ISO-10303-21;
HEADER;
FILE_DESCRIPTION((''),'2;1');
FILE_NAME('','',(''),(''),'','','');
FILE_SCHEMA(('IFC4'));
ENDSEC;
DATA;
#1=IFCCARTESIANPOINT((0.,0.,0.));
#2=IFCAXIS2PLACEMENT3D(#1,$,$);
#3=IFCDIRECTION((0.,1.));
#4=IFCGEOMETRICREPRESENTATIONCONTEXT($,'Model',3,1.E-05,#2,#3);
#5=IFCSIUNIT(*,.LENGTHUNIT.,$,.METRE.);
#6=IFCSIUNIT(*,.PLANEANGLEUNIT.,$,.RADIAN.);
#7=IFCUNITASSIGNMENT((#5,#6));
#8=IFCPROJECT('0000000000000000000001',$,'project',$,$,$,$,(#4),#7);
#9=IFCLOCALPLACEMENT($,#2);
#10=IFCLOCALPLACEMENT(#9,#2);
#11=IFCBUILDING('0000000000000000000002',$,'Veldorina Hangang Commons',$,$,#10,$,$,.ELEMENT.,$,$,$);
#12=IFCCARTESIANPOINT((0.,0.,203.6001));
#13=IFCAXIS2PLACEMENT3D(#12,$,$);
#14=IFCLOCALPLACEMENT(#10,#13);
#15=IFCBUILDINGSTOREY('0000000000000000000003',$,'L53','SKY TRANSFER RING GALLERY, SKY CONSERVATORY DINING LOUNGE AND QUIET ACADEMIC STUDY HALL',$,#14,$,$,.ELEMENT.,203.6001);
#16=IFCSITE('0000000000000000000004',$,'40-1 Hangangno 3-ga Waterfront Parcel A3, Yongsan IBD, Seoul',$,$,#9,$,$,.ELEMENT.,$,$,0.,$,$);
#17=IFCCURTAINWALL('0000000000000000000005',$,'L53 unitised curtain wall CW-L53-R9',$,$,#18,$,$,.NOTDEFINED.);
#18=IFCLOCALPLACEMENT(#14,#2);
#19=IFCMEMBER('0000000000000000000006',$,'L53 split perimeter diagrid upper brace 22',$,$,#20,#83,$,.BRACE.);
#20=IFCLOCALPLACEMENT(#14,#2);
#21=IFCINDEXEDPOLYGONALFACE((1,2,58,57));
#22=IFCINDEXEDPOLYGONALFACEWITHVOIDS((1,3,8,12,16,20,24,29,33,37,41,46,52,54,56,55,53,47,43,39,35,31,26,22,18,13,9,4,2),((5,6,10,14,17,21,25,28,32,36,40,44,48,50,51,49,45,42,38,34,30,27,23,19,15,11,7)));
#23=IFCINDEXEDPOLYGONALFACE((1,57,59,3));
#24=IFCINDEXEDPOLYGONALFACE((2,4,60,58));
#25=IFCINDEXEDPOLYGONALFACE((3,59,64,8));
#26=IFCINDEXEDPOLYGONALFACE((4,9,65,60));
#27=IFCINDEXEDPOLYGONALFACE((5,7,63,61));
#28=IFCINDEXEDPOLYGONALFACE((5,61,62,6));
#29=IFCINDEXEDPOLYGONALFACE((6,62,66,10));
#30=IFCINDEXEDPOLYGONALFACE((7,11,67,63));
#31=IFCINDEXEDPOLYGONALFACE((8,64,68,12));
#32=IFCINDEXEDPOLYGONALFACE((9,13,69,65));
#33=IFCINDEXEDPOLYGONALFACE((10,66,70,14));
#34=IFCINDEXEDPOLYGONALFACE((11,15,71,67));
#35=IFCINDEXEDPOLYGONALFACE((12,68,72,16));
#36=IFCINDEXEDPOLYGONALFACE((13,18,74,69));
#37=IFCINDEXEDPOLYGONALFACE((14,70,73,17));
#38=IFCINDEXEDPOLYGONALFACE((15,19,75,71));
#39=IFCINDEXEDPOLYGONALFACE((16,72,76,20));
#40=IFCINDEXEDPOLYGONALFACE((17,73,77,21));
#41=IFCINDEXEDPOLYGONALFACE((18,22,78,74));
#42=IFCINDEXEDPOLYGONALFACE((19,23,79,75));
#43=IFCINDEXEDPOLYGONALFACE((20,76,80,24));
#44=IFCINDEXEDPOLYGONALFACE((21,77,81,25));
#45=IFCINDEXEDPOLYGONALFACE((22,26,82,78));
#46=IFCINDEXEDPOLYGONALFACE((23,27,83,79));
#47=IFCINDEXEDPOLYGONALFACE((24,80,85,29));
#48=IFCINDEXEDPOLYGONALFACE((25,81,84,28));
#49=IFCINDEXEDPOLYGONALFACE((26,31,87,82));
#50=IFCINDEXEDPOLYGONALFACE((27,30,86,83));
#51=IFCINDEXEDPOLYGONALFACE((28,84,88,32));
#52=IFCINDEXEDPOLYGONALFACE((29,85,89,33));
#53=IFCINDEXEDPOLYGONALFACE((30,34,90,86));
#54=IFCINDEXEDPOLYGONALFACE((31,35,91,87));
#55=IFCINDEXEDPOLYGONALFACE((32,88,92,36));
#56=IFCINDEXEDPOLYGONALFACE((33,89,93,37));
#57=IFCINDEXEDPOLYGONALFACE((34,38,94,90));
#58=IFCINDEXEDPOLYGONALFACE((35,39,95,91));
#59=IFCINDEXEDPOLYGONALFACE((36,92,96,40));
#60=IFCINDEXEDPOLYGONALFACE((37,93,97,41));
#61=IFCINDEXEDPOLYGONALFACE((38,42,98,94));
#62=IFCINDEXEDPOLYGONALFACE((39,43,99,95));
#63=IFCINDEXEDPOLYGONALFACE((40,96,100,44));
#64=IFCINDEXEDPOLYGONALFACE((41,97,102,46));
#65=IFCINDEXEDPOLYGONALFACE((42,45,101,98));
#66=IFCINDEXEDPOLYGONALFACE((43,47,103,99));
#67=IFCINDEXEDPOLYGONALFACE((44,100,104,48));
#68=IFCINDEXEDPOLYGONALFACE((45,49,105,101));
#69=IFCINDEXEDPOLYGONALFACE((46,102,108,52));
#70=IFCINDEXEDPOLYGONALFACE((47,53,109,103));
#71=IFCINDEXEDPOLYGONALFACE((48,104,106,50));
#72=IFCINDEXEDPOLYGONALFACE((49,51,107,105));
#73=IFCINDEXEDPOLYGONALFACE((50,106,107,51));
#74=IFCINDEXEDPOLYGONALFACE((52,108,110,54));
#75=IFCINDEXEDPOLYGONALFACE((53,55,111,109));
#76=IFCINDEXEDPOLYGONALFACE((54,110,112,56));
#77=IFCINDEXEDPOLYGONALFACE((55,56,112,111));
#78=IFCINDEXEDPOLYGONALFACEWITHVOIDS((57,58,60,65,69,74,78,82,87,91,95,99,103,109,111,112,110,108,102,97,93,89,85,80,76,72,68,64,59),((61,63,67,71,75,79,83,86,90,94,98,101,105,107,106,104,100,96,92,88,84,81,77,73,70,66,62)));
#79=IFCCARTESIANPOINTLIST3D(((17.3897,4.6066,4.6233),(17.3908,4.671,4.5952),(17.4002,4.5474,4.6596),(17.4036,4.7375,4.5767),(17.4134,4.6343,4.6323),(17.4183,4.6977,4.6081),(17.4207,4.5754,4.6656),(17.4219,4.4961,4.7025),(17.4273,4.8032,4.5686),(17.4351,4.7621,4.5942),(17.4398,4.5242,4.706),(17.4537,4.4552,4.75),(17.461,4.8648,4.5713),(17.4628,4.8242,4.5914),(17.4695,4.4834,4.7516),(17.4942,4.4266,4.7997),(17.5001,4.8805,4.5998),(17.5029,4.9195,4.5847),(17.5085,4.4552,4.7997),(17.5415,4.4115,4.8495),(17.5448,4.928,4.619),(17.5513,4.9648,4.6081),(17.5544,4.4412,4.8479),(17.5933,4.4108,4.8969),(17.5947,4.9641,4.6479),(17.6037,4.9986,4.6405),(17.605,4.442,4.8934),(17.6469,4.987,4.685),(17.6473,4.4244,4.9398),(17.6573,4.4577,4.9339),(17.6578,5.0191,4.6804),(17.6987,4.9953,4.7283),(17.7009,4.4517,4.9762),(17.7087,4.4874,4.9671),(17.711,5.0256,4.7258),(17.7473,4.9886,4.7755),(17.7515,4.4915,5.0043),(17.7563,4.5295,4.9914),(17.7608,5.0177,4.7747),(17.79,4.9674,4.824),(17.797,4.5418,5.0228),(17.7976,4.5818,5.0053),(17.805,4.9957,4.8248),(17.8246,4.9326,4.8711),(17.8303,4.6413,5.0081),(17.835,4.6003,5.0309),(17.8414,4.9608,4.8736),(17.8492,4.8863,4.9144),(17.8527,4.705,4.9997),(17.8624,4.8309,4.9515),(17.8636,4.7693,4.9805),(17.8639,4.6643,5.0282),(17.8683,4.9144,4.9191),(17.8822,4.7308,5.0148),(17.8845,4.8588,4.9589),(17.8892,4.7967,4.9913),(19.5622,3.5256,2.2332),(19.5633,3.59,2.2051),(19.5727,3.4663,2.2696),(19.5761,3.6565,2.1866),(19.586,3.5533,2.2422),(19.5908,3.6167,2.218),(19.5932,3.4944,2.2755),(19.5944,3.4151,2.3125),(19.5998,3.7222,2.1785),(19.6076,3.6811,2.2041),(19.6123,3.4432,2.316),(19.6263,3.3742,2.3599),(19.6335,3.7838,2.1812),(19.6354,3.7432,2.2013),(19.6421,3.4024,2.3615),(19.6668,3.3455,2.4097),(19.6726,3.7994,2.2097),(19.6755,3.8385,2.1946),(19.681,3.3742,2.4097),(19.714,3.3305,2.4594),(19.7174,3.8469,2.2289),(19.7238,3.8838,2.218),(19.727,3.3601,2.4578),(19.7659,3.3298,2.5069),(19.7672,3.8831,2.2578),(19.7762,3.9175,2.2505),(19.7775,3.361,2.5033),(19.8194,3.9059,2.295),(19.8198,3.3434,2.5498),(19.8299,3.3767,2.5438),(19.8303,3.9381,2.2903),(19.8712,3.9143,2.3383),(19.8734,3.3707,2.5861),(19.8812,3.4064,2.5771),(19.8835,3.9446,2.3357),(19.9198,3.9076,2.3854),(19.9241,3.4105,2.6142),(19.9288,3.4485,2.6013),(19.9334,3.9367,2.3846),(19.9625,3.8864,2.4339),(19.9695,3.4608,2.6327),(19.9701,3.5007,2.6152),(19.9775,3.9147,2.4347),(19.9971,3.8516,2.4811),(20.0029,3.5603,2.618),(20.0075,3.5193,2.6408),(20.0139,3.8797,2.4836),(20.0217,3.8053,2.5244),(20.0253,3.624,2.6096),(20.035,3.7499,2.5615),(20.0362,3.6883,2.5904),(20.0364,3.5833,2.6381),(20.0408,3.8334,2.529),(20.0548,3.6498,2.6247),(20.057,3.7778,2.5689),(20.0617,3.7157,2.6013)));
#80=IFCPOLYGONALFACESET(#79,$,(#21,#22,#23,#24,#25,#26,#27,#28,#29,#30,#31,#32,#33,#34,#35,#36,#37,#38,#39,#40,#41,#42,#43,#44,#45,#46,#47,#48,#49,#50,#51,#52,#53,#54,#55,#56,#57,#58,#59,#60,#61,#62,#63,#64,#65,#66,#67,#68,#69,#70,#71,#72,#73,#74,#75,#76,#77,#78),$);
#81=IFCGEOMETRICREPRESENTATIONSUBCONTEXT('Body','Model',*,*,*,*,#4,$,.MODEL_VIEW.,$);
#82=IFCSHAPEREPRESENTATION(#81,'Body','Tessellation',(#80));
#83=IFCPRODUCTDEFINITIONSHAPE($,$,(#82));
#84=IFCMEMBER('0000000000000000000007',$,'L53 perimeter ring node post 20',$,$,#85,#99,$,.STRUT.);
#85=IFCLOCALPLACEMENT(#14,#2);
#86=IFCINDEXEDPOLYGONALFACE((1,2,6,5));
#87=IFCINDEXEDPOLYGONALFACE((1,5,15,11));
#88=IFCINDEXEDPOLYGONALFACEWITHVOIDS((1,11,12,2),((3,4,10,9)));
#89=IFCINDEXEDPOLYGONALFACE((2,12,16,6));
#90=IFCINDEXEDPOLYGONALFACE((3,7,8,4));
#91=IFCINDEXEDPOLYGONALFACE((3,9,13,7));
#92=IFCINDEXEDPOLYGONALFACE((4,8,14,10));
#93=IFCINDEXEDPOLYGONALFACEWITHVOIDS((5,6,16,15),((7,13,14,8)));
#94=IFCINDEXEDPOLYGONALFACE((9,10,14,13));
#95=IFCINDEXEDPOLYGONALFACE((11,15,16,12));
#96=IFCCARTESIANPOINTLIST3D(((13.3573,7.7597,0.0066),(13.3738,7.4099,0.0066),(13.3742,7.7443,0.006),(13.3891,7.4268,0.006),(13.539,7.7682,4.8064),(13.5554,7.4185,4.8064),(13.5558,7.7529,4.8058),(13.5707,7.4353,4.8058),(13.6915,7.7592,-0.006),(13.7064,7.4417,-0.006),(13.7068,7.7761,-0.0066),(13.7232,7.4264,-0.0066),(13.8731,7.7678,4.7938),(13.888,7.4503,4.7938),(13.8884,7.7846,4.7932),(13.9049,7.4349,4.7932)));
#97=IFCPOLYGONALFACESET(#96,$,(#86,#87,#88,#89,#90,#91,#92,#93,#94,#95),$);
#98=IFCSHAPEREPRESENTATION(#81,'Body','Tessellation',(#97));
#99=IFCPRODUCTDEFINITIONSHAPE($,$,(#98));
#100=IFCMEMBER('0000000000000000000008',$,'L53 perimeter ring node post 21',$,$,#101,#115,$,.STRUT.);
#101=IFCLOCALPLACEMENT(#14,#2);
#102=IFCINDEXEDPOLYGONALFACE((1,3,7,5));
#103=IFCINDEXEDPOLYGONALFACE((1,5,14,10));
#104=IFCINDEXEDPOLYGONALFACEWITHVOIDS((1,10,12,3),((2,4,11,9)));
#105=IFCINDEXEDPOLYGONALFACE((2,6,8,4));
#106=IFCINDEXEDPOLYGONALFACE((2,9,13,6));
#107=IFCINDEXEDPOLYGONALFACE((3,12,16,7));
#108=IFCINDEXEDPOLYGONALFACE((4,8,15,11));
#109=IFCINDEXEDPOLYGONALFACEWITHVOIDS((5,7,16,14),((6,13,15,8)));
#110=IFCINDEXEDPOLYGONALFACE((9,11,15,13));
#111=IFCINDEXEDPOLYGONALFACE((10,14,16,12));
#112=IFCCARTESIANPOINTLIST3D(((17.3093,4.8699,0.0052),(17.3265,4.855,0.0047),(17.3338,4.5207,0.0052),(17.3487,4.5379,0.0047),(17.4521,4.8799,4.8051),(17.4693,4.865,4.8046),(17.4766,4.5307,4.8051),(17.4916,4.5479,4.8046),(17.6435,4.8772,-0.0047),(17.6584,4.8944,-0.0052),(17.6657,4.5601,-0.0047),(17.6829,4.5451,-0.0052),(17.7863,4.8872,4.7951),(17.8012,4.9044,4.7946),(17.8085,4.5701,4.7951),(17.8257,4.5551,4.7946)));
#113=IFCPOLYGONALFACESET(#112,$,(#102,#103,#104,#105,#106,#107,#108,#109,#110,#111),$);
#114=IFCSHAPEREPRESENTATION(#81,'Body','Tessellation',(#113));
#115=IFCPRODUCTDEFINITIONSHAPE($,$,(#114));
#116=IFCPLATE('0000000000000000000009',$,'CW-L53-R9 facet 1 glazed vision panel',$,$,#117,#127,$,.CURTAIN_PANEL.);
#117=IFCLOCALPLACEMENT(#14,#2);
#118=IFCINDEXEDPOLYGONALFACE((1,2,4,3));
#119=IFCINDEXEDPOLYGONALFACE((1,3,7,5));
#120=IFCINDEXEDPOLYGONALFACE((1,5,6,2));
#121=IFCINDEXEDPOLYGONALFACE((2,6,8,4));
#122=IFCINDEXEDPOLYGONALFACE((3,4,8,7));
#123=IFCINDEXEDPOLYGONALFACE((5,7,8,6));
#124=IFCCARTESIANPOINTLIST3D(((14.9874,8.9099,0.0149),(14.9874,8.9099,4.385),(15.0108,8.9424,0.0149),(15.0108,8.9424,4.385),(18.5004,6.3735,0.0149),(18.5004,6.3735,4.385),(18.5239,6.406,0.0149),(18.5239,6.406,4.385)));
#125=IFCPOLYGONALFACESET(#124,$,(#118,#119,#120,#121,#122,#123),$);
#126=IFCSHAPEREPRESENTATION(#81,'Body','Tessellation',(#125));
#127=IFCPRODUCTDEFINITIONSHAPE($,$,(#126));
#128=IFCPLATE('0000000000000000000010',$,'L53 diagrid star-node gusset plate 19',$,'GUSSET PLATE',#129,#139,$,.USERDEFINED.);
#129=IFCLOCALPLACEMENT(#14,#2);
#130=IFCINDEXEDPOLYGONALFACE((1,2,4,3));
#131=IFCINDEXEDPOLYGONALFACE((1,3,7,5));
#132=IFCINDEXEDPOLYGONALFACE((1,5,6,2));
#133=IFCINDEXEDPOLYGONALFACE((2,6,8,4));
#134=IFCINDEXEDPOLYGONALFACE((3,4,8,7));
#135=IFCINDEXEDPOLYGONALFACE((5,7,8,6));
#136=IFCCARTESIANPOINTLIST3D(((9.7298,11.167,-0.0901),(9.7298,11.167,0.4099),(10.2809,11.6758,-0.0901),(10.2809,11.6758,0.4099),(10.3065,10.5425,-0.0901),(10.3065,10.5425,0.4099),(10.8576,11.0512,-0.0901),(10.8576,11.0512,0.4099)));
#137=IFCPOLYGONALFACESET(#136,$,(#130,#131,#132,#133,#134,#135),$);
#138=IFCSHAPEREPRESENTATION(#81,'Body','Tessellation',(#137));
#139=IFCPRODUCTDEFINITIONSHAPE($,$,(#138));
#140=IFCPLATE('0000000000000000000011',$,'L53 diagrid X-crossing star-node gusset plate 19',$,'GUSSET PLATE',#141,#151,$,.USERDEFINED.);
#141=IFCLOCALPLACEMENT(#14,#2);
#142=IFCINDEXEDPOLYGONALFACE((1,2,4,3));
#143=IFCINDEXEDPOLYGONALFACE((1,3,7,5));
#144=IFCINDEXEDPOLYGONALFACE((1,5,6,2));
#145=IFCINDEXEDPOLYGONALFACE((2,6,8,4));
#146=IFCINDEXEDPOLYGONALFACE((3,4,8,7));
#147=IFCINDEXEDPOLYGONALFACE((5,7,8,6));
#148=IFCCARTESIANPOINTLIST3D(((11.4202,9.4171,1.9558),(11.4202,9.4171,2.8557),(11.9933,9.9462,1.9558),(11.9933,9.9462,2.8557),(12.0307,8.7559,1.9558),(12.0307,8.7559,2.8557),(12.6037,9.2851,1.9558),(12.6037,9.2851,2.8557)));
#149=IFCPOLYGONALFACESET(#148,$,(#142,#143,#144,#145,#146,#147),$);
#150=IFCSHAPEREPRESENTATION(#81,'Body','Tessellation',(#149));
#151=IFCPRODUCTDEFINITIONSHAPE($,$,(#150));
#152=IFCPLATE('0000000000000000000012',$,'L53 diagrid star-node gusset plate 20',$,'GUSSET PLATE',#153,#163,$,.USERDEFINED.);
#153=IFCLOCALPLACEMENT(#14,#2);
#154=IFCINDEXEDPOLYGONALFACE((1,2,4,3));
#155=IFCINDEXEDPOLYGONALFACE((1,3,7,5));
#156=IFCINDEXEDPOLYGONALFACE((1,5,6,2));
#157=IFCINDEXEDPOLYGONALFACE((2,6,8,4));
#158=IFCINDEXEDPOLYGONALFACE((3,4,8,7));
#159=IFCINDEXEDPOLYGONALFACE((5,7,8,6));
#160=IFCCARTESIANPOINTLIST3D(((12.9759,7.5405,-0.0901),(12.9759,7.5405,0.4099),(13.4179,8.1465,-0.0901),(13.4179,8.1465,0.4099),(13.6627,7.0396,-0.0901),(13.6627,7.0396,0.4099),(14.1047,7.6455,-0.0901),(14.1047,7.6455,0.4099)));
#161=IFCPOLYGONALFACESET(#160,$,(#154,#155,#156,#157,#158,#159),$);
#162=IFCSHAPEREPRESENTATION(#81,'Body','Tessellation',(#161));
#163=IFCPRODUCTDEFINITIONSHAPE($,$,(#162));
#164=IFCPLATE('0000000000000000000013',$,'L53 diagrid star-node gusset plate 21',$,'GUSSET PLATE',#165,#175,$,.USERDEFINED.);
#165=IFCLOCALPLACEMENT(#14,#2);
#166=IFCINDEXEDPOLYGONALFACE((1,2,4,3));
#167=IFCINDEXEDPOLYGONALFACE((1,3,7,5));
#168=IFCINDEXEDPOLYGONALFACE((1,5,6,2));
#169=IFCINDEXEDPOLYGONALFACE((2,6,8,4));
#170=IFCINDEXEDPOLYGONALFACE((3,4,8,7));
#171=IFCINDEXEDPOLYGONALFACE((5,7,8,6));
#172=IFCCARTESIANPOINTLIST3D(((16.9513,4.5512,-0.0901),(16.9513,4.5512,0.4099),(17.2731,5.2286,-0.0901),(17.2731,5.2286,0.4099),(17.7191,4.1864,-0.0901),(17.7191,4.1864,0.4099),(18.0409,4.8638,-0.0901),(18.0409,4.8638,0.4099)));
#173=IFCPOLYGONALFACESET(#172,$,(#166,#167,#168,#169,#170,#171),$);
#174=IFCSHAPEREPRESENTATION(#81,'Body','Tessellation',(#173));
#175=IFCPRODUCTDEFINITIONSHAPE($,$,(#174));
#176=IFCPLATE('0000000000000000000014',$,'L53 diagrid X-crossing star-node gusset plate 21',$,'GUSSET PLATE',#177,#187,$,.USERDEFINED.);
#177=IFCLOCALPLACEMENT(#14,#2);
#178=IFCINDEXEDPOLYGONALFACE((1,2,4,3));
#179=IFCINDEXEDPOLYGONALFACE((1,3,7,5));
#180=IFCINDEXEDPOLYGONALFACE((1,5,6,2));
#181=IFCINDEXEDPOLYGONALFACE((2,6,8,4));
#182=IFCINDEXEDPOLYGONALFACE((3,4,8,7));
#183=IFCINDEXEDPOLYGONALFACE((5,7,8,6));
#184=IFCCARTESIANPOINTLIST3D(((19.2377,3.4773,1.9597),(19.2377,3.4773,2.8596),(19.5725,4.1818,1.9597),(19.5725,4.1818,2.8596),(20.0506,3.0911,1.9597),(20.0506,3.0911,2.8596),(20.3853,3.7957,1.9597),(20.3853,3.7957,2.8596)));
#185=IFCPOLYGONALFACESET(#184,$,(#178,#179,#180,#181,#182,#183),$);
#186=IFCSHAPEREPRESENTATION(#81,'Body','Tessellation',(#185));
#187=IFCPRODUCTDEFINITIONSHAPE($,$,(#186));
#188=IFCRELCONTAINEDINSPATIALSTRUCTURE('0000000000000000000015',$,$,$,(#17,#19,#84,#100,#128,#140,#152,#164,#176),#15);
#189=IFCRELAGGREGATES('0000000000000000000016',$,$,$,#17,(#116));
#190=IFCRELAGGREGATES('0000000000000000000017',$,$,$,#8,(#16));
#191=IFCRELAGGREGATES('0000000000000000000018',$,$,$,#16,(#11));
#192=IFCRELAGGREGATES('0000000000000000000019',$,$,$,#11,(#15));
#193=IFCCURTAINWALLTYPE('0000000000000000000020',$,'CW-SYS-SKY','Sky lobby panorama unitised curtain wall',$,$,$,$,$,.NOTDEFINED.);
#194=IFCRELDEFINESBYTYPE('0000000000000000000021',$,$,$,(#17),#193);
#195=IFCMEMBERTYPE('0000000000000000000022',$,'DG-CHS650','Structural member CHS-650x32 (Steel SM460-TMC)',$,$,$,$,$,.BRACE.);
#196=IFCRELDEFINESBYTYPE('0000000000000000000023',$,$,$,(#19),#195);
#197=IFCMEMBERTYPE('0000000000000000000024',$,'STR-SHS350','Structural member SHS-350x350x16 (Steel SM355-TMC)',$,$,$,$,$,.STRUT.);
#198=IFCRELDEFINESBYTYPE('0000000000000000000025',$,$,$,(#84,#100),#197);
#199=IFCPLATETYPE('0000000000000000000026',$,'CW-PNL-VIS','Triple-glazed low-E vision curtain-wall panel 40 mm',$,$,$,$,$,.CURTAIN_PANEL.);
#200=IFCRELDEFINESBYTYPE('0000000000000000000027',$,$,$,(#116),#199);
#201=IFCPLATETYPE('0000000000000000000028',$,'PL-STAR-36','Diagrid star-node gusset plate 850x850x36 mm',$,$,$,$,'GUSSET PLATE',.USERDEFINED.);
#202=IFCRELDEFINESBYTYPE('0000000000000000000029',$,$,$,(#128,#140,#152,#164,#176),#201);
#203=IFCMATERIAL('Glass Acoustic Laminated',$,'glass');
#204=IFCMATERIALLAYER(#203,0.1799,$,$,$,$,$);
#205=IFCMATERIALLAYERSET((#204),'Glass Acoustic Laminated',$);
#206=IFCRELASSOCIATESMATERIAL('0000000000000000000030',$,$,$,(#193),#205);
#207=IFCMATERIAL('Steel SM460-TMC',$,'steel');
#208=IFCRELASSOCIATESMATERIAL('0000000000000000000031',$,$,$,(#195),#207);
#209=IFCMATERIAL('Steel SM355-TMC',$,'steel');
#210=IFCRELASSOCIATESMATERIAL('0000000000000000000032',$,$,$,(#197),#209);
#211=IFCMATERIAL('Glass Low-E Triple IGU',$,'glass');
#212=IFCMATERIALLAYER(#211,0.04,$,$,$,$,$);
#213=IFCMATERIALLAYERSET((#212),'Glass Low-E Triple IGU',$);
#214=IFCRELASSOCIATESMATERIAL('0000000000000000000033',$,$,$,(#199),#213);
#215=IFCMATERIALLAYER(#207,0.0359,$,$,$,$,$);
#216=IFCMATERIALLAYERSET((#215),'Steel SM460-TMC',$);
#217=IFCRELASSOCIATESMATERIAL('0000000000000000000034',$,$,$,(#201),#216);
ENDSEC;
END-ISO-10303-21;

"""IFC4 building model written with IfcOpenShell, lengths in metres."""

from ifc_helpers import new_model, si_unit, direction, frame, origin, origin_2d, place, context, subcontext, project, spatial, rectangle, hollow_rectangle, hollow_circle, extrude, material, layer, layer_set, material_profile, profile_set, type_object, element, aggregate, save


model = new_model("IFC4")

# Units and contexts
model_context = context("Model", 3, precision=1e-05, world=origin(), true_north=direction((0.0, 1.0)))
body_context = subcontext(model_context, "Body", "Model", "MODEL_VIEW")
ifc_project = project(units=[si_unit("LENGTHUNIT", "METRE"), si_unit("PLANEANGLEUNIT", "RADIAN")], contexts=[model_context])

# Site, building, storey
site_placement = place(None, origin())
site = spatial("IfcSite", under=ifc_project, at=site_placement, Name="40-1 Hangangno 3-ga Waterfront Parcel A3, Yongsan IBD, Seoul", CompositionType="ELEMENT", RefElevation=0.0)
building_placement = place(site_placement, origin())
building = spatial("IfcBuilding", under=site, at=building_placement, Name="Veldorina Hangang Commons", CompositionType="ELEMENT")
storey_placement = place(building_placement, frame((0.0, 0.0, 203.6001)))
storey = spatial("IfcBuildingStorey", under=building, at=storey_placement, Name="L53", Description="SKY TRANSFER RING GALLERY, SKY CONSERVATORY DINING LOUNGE AND QUIET ACADEMIC STUDY HALL", CompositionType="ELEMENT", Elevation=203.6001)

# Curtain wall
ifc_material_1 = material(Name="Glass Acoustic Laminated", Category="glass")
ifc_layer_1 = layer(ifc_material_1, 0.1799)
ifc_layer_set_1 = layer_set([ifc_layer_1], Name="Glass Acoustic Laminated")
curtain_wall_type = type_object("IfcCurtainWallType", Name="CW-SYS-SKY", Description="Sky lobby panorama unitised curtain wall", PredefinedType="NOTDEFINED", material=ifc_layer_set_1)
curtain_wall_placement = place(storey_placement, origin())
curtain_wall = element("IfcCurtainWall", 1, at=curtain_wall_placement, inside=storey, type_object=curtain_wall_type, Name="L53 unitised curtain wall CW-L53-R9", PredefinedType="NOTDEFINED")

# Members
ifc_material_2 = material(Name="Steel SM460-TMC", Category="steel")
ifc_material_profile_1 = material_profile(ifc_material_2, hollow_circle(Radius=0.325, WallThickness=0.032, at=origin_2d()), Name="CHS-650x32")
ifc_profile_set_1 = profile_set([ifc_material_profile_1], Name="Steel SM460-TMC")
member_type_1 = type_object("IfcMemberType", Name="DG-CHS650", Description="Structural member CHS-650x32 (Steel SM460-TMC)", PredefinedType="BRACE", material=ifc_profile_set_1)
member_1_placement = place(storey_placement, frame((19.8115, 3.6365, 2.4097), z_axis=(-0.637854, 0.317386, 0.701718), x_axis=(-0.445482, -0.895291, 0.0)))
element("IfcMember", 2, at=member_1_placement, inside=storey, type_object=member_type_1, Name="L53 split perimeter diagrid upper brace 22", PredefinedType="BRACE", context=body_context, shape_type="SweptSolid", body=[
    extrude(hollow_circle(Radius=0.325, WallThickness=0.032, at=origin_2d()), origin(), (0.0, 0.0, 1.0), 3.406),
])
ifc_material_3 = material(Name="Steel SM355-TMC", Category="steel")
ifc_material_profile_2 = material_profile(ifc_material_3, hollow_rectangle(XDim=0.3501, YDim=0.3501, WallThickness=0.0161, at=origin_2d()), Name="SHS-350x350x16")
ifc_profile_set_2 = profile_set([ifc_material_profile_2], Name="Steel SM355-TMC")
member_type_2 = type_object("IfcMemberType", Name="STR-SHS350", Description="Structural member SHS-350x350x16 (Steel SM355-TMC)", PredefinedType="STRUT", material=ifc_profile_set_2)
member_2_placement = place(storey_placement, frame((13.5403, 7.593, 0.0), z_axis=(0.037816, 0.001779, 0.999283), x_axis=(-0.046991, 0.998895, 0.0)))
element("IfcMember", 3, at=member_2_placement, inside=storey, type_object=member_type_2, Name="L53 perimeter ring node post 20", PredefinedType="STRUT", context=body_context, shape_type="SweptSolid", body=[
    extrude(hollow_rectangle(XDim=0.3501, YDim=0.3501, WallThickness=0.0161, at=origin_2d()), origin(), (0.0, 0.0, 1.0), 4.8032),
])
member_3_placement = place(storey_placement, frame((17.4961, 4.7075, 0.0), z_axis=(0.029743, 0.002085, 0.999555), x_axis=(-0.069914, 0.997553, 0.0)))
element("IfcMember", 4, at=member_3_placement, inside=storey, type_object=member_type_2, Name="L53 perimeter ring node post 21", PredefinedType="STRUT", context=body_context, shape_type="SweptSolid", body=[
    extrude(hollow_rectangle(XDim=0.3501, YDim=0.3501, WallThickness=0.0161, at=origin_2d()), origin(), (0.0, 0.0, 1.0), 4.802),
])

# Plate
ifc_material_4 = material(Name="Glass Low-E Triple IGU", Category="glass")
ifc_layer_2 = layer(ifc_material_4, 0.04)
ifc_layer_set_2 = layer_set([ifc_layer_2], Name="Glass Low-E Triple IGU")
plate_type_1 = type_object("IfcPlateType", Name="CW-PNL-VIS", Description="Triple-glazed low-E vision curtain-wall panel 40 mm", PredefinedType="CURTAIN_PANEL", material=ifc_layer_set_2)
plate_1_placement = place(storey_placement, frame((16.7556, 7.658, 0.0149), z_axis=(0.0, 0.0, 1.0), x_axis=(0.810768, -0.585368, 0.0)))
plate_1 = element("IfcPlate", 5, at=plate_1_placement, type_object=plate_type_1, Name="CW-L53-R9 facet 1 glazed vision panel", PredefinedType="CURTAIN_PANEL", context=body_context, shape_type="SweptSolid", body=[
    extrude(rectangle(XDim=4.333, YDim=0.04, at=origin_2d()), origin(), (0.0, 0.0, 1.0), 4.3701),
])
aggregate(curtain_wall, [plate_1])

# Plates
ifc_layer_3 = layer(ifc_material_2, 0.0359)
ifc_layer_set_3 = layer_set([ifc_layer_3], Name="Steel SM460-TMC")
plate_type_2 = type_object("IfcPlateType", Name="PL-STAR-36", Description="Diagrid star-node gusset plate 850x850x36 mm", ElementType="GUSSET PLATE", PredefinedType="USERDEFINED", material=ifc_layer_set_3)
plate_2_placement = place(storey_placement, frame((10.2937, 11.1091, -0.0901), z_axis=(0.0, 0.0, 1.0), x_axis=(0.678391, -0.734702, 0.0)))
element("IfcPlate", 6, at=plate_2_placement, inside=storey, type_object=plate_type_2, Name="L53 diagrid star-node gusset plate 19", ObjectType="GUSSET PLATE", PredefinedType="USERDEFINED", context=body_context, shape_type="SweptSolid", body=[
    extrude(rectangle(XDim=0.8501, YDim=0.75, at=origin_2d()), origin(), (0.0, 0.0, 1.0), 0.5),
])
plate_3_placement = place(storey_placement, frame((12.012, 9.3511, 1.9558), z_axis=(0.0, 0.0, 1.0), x_axis=(0.678391, -0.734702, 0.0)))
element("IfcPlate", 7, at=plate_3_placement, inside=storey, type_object=plate_type_2, Name="L53 diagrid X-crossing star-node gusset plate 19", ObjectType="GUSSET PLATE", PredefinedType="USERDEFINED", context=body_context, shape_type="SweptSolid", body=[
    extrude(rectangle(XDim=0.8999, YDim=0.78, at=origin_2d()), origin(), (0.0, 0.0, 1.0), 0.8999),
])
for number, where, z_axis, x_axis, name in (
    (8, (13.5403, 7.593, -0.0901), (0.0, 0.0, 1.0), (0.807908, -0.589309, 0.0), "L53 diagrid star-node gusset plate 20"),
    (9, (17.4961, 4.7075, -0.0901), (0.0, 0.0, 1.0), (0.903253, -0.429109, 0.0), "L53 diagrid star-node gusset plate 21"),
):
    element("IfcPlate", number, at=place(storey_placement, frame(where, z_axis=z_axis, x_axis=x_axis)), inside=storey, type_object=plate_type_2, Name=name, ObjectType="GUSSET PLATE", PredefinedType="USERDEFINED", context=body_context, shape_type="SweptSolid", body=[
        extrude(rectangle(XDim=0.8501, YDim=0.75, at=origin_2d()), origin(), (0.0, 0.0, 1.0), 0.5),
    ])
plate_4_placement = place(storey_placement, frame((19.8115, 3.6365, 1.9597), z_axis=(0.0, 0.0, 1.0), x_axis=(0.903253, -0.429109, 0.0)))
element("IfcPlate", 10, at=plate_4_placement, inside=storey, type_object=plate_type_2, Name="L53 diagrid X-crossing star-node gusset plate 21", ObjectType="GUSSET PLATE", PredefinedType="USERDEFINED", context=body_context, shape_type="SweptSolid", body=[
    extrude(rectangle(XDim=0.8999, YDim=0.78, at=origin_2d()), origin(), (0.0, 0.0, 1.0), 0.8999),
])

save(model, "model.ifc")
